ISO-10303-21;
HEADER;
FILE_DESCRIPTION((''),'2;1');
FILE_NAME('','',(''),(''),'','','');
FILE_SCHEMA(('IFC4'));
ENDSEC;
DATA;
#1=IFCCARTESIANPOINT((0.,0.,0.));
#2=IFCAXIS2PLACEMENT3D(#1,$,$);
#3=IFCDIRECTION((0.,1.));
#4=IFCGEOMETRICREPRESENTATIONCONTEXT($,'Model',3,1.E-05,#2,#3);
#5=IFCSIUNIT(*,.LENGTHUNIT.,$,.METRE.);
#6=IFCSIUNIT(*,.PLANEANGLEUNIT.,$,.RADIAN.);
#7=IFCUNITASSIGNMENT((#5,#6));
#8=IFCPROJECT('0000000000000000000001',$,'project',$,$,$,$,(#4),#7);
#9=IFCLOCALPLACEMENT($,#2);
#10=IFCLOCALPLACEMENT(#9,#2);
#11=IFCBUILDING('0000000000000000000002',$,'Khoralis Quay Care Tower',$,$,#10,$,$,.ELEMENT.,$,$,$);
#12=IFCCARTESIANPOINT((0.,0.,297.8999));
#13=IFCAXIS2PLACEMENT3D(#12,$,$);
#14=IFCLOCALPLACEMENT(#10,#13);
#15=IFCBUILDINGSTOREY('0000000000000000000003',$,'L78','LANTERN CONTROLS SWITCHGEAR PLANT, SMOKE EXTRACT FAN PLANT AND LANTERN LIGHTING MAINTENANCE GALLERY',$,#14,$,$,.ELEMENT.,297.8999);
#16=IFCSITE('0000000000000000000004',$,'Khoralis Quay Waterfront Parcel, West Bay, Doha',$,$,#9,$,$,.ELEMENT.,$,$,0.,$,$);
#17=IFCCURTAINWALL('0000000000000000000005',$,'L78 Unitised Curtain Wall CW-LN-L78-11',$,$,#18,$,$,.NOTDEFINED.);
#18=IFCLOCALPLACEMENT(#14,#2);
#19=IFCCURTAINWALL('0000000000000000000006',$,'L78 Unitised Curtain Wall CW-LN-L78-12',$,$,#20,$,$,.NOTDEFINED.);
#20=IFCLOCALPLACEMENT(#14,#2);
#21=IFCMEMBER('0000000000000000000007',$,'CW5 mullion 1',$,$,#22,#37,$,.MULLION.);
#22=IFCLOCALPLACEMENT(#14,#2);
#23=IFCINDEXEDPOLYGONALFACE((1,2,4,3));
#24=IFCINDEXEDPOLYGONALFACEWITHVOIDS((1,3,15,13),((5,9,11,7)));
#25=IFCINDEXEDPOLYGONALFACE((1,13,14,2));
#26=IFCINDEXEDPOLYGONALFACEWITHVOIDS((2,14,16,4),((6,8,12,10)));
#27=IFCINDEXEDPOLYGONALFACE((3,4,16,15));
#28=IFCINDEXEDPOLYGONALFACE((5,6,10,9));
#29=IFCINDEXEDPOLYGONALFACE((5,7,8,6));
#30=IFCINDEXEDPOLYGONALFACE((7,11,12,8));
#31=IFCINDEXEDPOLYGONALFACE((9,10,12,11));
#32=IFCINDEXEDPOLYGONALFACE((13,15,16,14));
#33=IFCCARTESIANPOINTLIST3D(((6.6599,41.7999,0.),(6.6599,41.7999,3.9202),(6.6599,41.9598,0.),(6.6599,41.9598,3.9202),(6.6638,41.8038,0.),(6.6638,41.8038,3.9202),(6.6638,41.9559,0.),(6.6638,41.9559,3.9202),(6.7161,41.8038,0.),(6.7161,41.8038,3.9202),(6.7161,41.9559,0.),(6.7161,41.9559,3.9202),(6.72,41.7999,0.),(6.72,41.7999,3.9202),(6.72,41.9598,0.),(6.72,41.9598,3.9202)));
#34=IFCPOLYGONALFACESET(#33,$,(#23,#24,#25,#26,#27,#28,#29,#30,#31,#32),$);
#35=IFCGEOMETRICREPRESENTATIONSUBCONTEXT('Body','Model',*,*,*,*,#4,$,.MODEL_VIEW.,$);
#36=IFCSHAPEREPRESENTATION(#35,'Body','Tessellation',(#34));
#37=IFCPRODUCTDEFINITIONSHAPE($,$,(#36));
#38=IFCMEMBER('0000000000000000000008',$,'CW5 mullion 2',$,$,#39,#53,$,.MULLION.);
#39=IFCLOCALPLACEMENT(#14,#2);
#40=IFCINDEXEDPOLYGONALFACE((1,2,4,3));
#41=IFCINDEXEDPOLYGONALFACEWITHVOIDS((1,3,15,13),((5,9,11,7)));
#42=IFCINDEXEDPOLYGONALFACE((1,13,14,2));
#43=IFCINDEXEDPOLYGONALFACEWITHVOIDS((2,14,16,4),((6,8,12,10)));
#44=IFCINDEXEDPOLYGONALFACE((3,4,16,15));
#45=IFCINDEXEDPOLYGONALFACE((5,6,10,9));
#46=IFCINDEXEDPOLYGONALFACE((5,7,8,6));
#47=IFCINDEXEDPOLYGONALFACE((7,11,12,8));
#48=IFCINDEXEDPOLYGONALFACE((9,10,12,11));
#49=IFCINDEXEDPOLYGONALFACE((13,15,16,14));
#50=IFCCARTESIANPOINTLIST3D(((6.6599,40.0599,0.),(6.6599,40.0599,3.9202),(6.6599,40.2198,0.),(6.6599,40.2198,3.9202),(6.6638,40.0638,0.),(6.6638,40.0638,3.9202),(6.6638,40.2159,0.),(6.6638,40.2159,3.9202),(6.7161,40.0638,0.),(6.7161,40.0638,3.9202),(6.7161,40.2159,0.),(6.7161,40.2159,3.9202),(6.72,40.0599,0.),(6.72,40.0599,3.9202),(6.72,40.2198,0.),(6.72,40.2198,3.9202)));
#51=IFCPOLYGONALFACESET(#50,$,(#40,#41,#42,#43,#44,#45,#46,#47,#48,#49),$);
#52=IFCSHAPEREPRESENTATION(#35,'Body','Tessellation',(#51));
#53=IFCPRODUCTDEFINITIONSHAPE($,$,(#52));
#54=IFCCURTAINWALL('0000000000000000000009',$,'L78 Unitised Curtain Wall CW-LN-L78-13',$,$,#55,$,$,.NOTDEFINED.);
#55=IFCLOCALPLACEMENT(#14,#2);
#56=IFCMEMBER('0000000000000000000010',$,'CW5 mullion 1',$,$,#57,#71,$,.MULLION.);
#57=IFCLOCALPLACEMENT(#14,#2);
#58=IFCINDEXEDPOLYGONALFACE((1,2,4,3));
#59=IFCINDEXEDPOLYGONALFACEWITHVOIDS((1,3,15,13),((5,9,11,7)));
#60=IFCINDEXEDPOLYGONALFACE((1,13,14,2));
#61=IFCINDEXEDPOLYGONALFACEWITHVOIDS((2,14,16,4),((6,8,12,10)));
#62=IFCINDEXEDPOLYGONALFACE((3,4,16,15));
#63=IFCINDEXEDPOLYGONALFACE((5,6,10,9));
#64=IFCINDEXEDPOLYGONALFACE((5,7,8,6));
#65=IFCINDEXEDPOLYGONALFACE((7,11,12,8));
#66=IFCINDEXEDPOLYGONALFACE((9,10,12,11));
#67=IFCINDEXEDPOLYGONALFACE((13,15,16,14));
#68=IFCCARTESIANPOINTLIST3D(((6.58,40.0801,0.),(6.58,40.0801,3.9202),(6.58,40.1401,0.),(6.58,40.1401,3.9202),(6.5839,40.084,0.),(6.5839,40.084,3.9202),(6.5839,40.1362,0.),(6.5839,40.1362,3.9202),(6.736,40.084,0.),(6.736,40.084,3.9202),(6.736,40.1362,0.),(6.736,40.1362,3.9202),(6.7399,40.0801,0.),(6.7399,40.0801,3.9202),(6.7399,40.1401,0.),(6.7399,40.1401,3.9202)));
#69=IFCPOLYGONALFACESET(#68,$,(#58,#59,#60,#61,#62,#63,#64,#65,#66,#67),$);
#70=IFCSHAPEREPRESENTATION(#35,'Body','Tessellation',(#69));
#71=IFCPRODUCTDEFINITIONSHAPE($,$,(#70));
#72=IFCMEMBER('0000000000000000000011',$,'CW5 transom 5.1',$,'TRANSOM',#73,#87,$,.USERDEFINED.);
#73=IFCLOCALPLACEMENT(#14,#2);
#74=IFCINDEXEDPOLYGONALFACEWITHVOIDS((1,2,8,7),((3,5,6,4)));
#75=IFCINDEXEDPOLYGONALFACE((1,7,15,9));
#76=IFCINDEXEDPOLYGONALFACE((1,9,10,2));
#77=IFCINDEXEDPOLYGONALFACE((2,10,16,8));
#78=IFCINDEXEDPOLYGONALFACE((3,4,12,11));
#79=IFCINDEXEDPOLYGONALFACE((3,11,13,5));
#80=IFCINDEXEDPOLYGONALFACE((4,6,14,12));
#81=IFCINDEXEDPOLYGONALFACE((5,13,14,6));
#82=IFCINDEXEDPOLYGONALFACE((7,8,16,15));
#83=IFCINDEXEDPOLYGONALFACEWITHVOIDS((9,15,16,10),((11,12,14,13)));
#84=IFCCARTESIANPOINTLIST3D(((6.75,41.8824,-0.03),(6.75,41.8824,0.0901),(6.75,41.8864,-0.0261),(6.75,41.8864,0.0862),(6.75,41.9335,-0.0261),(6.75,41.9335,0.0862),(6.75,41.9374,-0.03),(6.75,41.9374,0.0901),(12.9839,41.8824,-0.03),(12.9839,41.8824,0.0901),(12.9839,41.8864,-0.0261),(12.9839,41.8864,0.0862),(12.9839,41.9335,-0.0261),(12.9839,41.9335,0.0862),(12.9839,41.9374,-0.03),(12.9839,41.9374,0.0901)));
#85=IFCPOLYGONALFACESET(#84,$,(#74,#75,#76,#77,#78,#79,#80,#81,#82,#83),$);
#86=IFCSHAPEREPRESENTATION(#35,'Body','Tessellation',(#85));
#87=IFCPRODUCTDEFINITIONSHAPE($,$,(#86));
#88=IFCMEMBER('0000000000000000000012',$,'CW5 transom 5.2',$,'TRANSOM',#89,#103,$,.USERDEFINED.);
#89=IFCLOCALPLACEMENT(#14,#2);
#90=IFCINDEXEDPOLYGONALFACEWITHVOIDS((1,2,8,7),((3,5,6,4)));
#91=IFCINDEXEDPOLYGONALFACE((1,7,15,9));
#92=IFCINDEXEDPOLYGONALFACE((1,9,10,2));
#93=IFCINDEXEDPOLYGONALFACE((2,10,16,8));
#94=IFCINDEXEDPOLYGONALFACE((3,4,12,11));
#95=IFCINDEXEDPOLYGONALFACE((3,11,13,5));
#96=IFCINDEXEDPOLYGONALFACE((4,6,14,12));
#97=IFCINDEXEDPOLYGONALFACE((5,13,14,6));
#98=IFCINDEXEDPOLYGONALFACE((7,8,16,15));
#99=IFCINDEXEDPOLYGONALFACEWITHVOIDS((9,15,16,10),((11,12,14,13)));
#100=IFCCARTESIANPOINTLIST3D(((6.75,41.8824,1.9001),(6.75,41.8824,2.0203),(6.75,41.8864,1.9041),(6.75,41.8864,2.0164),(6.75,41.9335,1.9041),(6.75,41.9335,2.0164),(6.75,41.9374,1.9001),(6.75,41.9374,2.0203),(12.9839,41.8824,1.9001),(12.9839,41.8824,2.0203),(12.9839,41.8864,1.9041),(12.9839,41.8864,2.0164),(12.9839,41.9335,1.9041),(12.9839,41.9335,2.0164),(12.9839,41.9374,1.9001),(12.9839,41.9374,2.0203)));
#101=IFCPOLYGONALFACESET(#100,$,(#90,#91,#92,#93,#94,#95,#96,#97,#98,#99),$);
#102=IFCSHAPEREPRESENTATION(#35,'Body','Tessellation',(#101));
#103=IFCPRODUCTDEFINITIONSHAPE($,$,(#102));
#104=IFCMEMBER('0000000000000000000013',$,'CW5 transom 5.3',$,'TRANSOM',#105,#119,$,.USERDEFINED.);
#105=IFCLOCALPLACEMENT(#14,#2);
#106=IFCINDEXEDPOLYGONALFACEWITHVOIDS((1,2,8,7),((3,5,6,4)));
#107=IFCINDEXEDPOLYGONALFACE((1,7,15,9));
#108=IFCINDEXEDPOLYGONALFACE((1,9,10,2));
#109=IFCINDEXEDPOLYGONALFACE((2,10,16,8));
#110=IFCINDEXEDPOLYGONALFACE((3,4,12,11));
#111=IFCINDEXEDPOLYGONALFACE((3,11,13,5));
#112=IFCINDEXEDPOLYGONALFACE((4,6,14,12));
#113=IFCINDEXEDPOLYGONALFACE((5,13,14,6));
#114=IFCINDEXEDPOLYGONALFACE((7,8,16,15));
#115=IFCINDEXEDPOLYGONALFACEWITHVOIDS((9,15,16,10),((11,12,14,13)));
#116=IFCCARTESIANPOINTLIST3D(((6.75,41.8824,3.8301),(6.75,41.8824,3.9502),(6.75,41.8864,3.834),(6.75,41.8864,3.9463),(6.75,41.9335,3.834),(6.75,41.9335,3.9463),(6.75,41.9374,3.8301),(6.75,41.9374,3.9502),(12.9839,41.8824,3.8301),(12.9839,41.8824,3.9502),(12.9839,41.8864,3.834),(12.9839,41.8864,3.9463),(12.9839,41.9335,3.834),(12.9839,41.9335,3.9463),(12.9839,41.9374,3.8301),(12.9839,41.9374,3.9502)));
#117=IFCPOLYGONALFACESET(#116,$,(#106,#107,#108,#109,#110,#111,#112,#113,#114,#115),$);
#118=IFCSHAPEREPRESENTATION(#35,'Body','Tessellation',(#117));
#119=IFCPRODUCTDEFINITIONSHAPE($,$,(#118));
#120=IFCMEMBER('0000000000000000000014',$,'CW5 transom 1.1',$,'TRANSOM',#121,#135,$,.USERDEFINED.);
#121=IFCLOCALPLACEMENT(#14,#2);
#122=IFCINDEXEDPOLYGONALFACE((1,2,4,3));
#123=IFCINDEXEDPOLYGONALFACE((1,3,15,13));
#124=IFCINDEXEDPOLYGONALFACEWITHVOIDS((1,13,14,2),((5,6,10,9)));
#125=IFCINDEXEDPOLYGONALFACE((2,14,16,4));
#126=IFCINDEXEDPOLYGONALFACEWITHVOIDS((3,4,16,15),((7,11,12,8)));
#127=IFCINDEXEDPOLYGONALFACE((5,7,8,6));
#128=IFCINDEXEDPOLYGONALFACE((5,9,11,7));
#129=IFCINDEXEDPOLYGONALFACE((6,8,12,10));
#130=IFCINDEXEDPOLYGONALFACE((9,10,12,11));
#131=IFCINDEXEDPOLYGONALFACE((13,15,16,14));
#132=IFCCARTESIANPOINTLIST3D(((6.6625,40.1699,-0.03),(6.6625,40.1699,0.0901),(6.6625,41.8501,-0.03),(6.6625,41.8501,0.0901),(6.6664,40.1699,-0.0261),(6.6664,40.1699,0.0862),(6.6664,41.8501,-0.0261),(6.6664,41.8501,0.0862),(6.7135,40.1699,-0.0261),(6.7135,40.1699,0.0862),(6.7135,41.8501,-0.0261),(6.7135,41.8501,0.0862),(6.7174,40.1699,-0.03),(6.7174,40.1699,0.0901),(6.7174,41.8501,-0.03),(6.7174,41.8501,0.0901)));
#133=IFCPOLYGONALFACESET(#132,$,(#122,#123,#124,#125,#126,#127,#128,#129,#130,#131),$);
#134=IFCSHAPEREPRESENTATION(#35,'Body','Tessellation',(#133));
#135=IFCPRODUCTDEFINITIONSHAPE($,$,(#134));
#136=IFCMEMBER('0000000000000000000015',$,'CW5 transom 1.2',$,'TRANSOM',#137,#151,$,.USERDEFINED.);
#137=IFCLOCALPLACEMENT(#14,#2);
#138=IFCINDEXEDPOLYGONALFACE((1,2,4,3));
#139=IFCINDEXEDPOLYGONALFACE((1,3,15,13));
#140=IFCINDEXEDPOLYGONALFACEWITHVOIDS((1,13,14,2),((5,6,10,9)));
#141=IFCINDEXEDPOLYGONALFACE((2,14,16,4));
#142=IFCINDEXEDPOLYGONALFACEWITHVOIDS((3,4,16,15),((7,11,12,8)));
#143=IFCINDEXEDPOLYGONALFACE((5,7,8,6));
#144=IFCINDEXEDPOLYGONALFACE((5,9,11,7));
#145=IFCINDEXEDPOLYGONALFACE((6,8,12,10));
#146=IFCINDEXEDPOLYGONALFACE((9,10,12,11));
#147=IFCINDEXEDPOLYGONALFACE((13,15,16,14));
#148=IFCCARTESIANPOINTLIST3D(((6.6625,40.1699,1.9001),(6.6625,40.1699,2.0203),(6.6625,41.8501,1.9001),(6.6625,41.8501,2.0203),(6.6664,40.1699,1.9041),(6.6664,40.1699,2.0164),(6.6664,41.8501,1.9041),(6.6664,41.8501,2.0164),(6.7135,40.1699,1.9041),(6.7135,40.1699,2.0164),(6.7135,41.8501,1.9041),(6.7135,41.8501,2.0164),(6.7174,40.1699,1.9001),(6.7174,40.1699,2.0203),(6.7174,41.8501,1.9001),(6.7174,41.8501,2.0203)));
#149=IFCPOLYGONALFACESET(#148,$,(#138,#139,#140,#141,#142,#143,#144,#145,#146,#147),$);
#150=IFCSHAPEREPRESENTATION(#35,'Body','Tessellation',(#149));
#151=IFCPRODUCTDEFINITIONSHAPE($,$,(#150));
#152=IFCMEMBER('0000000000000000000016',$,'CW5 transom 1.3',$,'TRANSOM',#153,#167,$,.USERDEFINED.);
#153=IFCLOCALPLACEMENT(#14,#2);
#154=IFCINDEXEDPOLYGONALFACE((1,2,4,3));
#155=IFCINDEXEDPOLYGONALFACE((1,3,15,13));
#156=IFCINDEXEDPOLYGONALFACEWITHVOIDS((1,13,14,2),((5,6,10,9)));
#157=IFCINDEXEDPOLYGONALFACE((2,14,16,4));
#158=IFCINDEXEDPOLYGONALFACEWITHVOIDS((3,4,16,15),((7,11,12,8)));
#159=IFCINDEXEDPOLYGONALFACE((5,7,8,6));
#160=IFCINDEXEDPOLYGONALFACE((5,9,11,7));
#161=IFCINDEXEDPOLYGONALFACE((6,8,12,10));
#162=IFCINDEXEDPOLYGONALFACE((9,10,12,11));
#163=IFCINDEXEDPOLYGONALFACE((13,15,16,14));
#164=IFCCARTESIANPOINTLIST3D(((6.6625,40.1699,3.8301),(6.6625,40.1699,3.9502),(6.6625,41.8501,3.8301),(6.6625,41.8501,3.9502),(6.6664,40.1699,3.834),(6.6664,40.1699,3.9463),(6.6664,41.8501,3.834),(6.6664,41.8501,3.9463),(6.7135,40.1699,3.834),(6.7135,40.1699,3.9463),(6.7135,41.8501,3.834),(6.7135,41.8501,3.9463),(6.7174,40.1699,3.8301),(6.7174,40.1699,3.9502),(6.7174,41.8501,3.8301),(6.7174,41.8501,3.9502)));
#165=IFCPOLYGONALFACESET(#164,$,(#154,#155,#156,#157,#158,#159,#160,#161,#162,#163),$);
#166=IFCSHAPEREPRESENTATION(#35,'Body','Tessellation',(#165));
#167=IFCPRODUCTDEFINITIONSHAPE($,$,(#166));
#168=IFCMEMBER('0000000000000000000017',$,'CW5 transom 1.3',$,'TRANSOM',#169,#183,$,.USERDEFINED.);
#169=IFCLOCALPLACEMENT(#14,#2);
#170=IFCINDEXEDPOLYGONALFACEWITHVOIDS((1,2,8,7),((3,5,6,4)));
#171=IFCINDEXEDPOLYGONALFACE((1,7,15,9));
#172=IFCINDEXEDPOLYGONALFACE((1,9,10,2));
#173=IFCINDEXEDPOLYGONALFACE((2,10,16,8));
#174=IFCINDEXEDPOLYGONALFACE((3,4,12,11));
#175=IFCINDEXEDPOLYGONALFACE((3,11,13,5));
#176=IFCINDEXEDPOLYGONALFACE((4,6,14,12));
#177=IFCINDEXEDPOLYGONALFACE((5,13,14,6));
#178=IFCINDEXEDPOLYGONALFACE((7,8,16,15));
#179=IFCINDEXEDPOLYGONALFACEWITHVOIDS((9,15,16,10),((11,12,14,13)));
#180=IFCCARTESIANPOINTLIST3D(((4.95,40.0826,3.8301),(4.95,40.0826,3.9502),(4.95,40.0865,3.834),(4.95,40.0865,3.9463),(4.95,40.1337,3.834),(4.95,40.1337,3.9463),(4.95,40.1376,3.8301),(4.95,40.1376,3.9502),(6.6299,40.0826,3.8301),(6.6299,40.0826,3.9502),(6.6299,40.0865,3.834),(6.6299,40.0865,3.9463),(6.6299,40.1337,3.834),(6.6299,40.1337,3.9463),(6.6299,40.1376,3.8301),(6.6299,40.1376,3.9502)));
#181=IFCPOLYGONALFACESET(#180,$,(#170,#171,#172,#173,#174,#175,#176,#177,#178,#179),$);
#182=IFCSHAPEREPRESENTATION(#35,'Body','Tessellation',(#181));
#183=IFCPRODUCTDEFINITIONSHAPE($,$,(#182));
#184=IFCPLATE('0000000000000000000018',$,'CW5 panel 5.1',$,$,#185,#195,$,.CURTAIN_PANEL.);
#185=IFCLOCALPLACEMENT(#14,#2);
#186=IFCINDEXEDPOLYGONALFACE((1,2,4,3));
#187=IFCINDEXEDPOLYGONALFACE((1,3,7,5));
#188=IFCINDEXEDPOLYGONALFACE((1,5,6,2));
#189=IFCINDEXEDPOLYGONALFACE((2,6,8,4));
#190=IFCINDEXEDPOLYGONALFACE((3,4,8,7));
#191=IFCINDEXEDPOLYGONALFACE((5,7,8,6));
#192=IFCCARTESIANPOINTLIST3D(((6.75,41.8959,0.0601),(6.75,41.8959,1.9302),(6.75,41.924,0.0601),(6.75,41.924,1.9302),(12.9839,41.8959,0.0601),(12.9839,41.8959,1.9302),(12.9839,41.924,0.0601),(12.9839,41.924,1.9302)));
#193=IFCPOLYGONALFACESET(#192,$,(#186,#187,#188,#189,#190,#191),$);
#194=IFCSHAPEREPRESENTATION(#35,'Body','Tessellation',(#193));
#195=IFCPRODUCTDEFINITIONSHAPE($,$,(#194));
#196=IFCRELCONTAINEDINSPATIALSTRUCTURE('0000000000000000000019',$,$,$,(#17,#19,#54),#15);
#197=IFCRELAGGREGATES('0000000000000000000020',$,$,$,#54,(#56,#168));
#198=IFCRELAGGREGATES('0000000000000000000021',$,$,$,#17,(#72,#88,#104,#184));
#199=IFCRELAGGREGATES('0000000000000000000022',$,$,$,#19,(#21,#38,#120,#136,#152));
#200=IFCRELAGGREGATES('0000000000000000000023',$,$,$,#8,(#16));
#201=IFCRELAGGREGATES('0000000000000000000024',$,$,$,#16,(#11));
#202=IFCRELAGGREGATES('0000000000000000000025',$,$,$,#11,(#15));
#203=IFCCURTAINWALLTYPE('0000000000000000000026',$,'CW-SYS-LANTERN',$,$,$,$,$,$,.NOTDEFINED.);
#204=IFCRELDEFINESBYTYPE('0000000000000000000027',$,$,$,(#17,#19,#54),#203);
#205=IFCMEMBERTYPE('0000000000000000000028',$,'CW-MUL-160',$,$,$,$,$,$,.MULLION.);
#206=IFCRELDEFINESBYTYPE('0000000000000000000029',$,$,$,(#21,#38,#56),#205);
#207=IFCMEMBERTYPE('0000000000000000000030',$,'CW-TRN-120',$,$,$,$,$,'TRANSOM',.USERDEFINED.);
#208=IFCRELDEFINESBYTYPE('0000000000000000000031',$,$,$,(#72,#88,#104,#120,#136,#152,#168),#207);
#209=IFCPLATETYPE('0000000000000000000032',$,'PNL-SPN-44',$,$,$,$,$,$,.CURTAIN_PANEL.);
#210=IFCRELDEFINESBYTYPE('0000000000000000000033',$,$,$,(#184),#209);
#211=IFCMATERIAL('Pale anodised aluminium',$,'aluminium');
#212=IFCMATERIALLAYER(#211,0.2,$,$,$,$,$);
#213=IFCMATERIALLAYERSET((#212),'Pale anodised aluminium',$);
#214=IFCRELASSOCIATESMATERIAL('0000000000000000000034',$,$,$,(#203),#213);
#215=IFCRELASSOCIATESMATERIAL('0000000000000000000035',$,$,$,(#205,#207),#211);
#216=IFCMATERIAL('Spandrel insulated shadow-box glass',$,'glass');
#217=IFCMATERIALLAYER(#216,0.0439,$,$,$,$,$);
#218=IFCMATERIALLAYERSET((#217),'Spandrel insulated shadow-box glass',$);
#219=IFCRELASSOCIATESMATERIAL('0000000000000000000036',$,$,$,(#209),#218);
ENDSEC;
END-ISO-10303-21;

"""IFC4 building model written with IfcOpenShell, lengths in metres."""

from ifc_helpers import new_model, si_unit, direction, frame, origin, origin_2d, place, context, subcontext, project, spatial, rectangle, hollow_rectangle, extrude, source, transform, mapped, material, layer, layer_set, material_profile, profile_set, type_object, element, aggregate, save


model = new_model("IFC4")

# Units and contexts
model_context = context("Model", 3, precision=1e-05, world=origin(), true_north=direction((0.0, 1.0)))
body_context = subcontext(model_context, "Body", "Model", "MODEL_VIEW")
ifc_project = project(units=[si_unit("LENGTHUNIT", "METRE"), si_unit("PLANEANGLEUNIT", "RADIAN")], contexts=[model_context])

# Site, building, storey
site_placement = place(None, origin())
site = spatial("IfcSite", under=ifc_project, at=site_placement, Name="Khoralis Quay Waterfront Parcel, West Bay, Doha", CompositionType="ELEMENT", RefElevation=0.0)
building_placement = place(site_placement, origin())
building = spatial("IfcBuilding", under=site, at=building_placement, Name="Khoralis Quay Care Tower", CompositionType="ELEMENT")
storey_placement = place(building_placement, frame((0.0, 0.0, 297.8999)))
storey = spatial("IfcBuildingStorey", under=building, at=storey_placement, Name="L78", Description="LANTERN CONTROLS SWITCHGEAR PLANT, SMOKE EXTRACT FAN PLANT AND LANTERN LIGHTING MAINTENANCE GALLERY", CompositionType="ELEMENT", Elevation=297.8999)

# Curtain walls, members
ifc_material_1 = material(Name="Pale anodised aluminium", Category="aluminium")
ifc_layer_1 = layer(ifc_material_1, 0.2)
ifc_layer_set_1 = layer_set([ifc_layer_1], Name="Pale anodised aluminium")
curtain_wall_type = type_object("IfcCurtainWallType", Name="CW-SYS-LANTERN", PredefinedType="NOTDEFINED", material=ifc_layer_set_1)
curtain_wall_1_placement = place(storey_placement, origin())
curtain_wall_1 = element("IfcCurtainWall", 1, at=curtain_wall_1_placement, inside=storey, type_object=curtain_wall_type, Name="L78 Unitised Curtain Wall CW-LN-L78-11", PredefinedType="NOTDEFINED")
ifc_material_profile_1 = material_profile(ifc_material_1, hollow_rectangle(XDim=0.0601, YDim=0.1599, WallThickness=0.0039, at=origin_2d()), Name="Pale anodised aluminium")
ifc_profile_set_1 = profile_set([ifc_material_profile_1], Name="Pale anodised aluminium")
member_type_1 = type_object("IfcMemberType", Name="CW-MUL-160", PredefinedType="MULLION", material=ifc_profile_set_1)
shared_shape_1 = source(origin(), body_context, "Body", "SweptSolid", [
    extrude(hollow_rectangle(XDim=0.0601, YDim=0.1599, WallThickness=0.0039, at=origin_2d()), origin(), (0.0, 0.0, 1.0), 3.9202),
])
curtain_wall_2_placement = place(storey_placement, origin())
curtain_wall_2 = element("IfcCurtainWall", 2, at=curtain_wall_2_placement, inside=storey, type_object=curtain_wall_type, Name="L78 Unitised Curtain Wall CW-LN-L78-12", PredefinedType="NOTDEFINED")
member_1_placement = place(storey_placement, frame((6.6899, 41.8799, 0.0), z_axis=(0.0, 0.0, 1.0), x_axis=(1.0, 0.0, 0.0)))
member_1 = element("IfcMember", 3, at=member_1_placement, type_object=member_type_1, Name="CW5 mullion 1", PredefinedType="MULLION", context=body_context, shape_type="MappedRepresentation", body=[
    mapped(shared_shape_1, transform((0.0, 0.0, 0.0), scale=1.0)),
])
member_2_placement = place(storey_placement, frame((6.6899, 40.1399, 0.0), z_axis=(0.0, 0.0, 1.0), x_axis=(1.0, 0.0, 0.0)))
member_2 = element("IfcMember", 4, at=member_2_placement, type_object=member_type_1, Name="CW5 mullion 2", PredefinedType="MULLION", context=body_context, shape_type="MappedRepresentation", body=[
    mapped(shared_shape_1, transform((0.0, 0.0, 0.0), scale=1.0)),
])

# Curtain wall, member
curtain_wall_3_placement = place(storey_placement, origin())
curtain_wall_3 = element("IfcCurtainWall", 5, at=curtain_wall_3_placement, inside=storey, type_object=curtain_wall_type, Name="L78 Unitised Curtain Wall CW-LN-L78-13", PredefinedType="NOTDEFINED")
member_3_placement = place(storey_placement, frame((6.6599, 40.1101, 0.0), z_axis=(0.0, 0.0, 1.0), x_axis=(0.0, -1.0, 0.0)))
member_3 = element("IfcMember", 6, at=member_3_placement, type_object=member_type_1, Name="CW5 mullion 1", PredefinedType="MULLION", context=body_context, shape_type="MappedRepresentation", body=[
    mapped(shared_shape_1, transform((0.0, 0.0, 0.0), scale=1.0)),
])

# Members
ifc_material_profile_2 = material_profile(ifc_material_1, hollow_rectangle(XDim=0.0549, YDim=0.1201, WallThickness=0.0039, at=origin_2d()), Name="Pale anodised aluminium")
ifc_profile_set_2 = profile_set([ifc_material_profile_2], Name="Pale anodised aluminium")
member_type_2 = type_object("IfcMemberType", Name="CW-TRN-120", ElementType="TRANSOM", PredefinedType="USERDEFINED", material=ifc_profile_set_2)
shared_shape_2 = source(origin(), body_context, "Body", "SweptSolid", [
    extrude(hollow_rectangle(XDim=0.0549, YDim=0.1201, WallThickness=0.0039, at=origin_2d()), origin(), (0.0, 0.0, 1.0), 6.2339),
])
member_4_placement = place(storey_placement, frame((12.9839, 41.9099, 0.03), z_axis=(-1.0, 0.0, 0.0), x_axis=(0.0, -1.0, 0.0)))
member_4 = element("IfcMember", 7, at=member_4_placement, type_object=member_type_2, Name="CW5 transom 5.1", ObjectType="TRANSOM", PredefinedType="USERDEFINED", context=body_context, shape_type="MappedRepresentation", body=[
    mapped(shared_shape_2, transform((0.0, 0.0, 0.0), scale=1.0)),
])
member_5_placement = place(storey_placement, frame((12.9839, 41.9099, 1.9602), z_axis=(-1.0, 0.0, 0.0), x_axis=(0.0, -1.0, 0.0)))
member_5 = element("IfcMember", 8, at=member_5_placement, type_object=member_type_2, Name="CW5 transom 5.2", ObjectType="TRANSOM", PredefinedType="USERDEFINED", context=body_context, shape_type="MappedRepresentation", body=[
    mapped(shared_shape_2, transform((0.0, 0.0, 0.0), scale=1.0)),
])
member_6_placement = place(storey_placement, frame((12.9839, 41.9099, 3.8901), z_axis=(-1.0, 0.0, 0.0), x_axis=(0.0, -1.0, 0.0)))
member_6 = element("IfcMember", 9, at=member_6_placement, type_object=member_type_2, Name="CW5 transom 5.3", ObjectType="TRANSOM", PredefinedType="USERDEFINED", context=body_context, shape_type="MappedRepresentation", body=[
    mapped(shared_shape_2, transform((0.0, 0.0, 0.0), scale=1.0)),
])
shared_shape_3 = source(origin(), body_context, "Body", "SweptSolid", [
    extrude(hollow_rectangle(XDim=0.0549, YDim=0.1201, WallThickness=0.0039, at=origin_2d()), origin(), (0.0, 0.0, 1.0), 1.6802),
])
member_7_placement = place(storey_placement, frame((6.6899, 41.8501, 0.03), z_axis=(0.0, -1.0, 0.0), x_axis=(1.0, 0.0, 0.0)))
member_7 = element("IfcMember", 10, at=member_7_placement, type_object=member_type_2, Name="CW5 transom 1.1", ObjectType="TRANSOM", PredefinedType="USERDEFINED", context=body_context, shape_type="MappedRepresentation", body=[
    mapped(shared_shape_3, transform((0.0, 0.0, 0.0), scale=1.0)),
])
member_8_placement = place(storey_placement, frame((6.6899, 41.8501, 1.9602), z_axis=(0.0, -1.0, 0.0), x_axis=(1.0, 0.0, 0.0)))
member_8 = element("IfcMember", 11, at=member_8_placement, type_object=member_type_2, Name="CW5 transom 1.2", ObjectType="TRANSOM", PredefinedType="USERDEFINED", context=body_context, shape_type="MappedRepresentation", body=[
    mapped(shared_shape_3, transform((0.0, 0.0, 0.0), scale=1.0)),
])
member_9_placement = place(storey_placement, frame((6.6899, 41.8501, 3.8901), z_axis=(0.0, -1.0, 0.0), x_axis=(1.0, 0.0, 0.0)))
member_9 = element("IfcMember", 12, at=member_9_placement, type_object=member_type_2, Name="CW5 transom 1.3", ObjectType="TRANSOM", PredefinedType="USERDEFINED", context=body_context, shape_type="MappedRepresentation", body=[
    mapped(shared_shape_3, transform((0.0, 0.0, 0.0), scale=1.0)),
])
shared_shape_4 = source(origin(), body_context, "Body", "SweptSolid", [
    extrude(hollow_rectangle(XDim=0.0549, YDim=0.1201, WallThickness=0.0039, at=origin_2d()), origin(), (0.0, 0.0, 1.0), 1.6799),
])
member_10_placement = place(storey_placement, frame((6.6299, 40.1101, 3.8901), z_axis=(-1.0, 0.0, 0.0), x_axis=(0.0, -1.0, 0.0)))
member_10 = element("IfcMember", 13, at=member_10_placement, type_object=member_type_2, Name="CW5 transom 1.3", ObjectType="TRANSOM", PredefinedType="USERDEFINED", context=body_context, shape_type="MappedRepresentation", body=[
    mapped(shared_shape_4, transform((0.0, 0.0, 0.0), scale=1.0)),
])
aggregate(curtain_wall_3, [member_3, member_10])

# Plate
ifc_material_2 = material(Name="Spandrel insulated shadow-box glass", Category="glass")
ifc_layer_2 = layer(ifc_material_2, 0.0439)
ifc_layer_set_2 = layer_set([ifc_layer_2], Name="Spandrel insulated shadow-box glass")
plate_type = type_object("IfcPlateType", Name="PNL-SPN-44", PredefinedType="CURTAIN_PANEL", material=ifc_layer_set_2)
shared_shape_5 = source(origin(), body_context, "Body", "SweptSolid", [
    extrude(rectangle(XDim=6.2339, YDim=0.0281, at=origin_2d()), origin(), (0.0, 0.0, 1.0), 1.8701),
])
plate_1_placement = place(storey_placement, frame((9.8669, 41.9099, 0.0601), z_axis=(0.0, 0.0, 1.0), x_axis=(-1.0, 0.0, 0.0)))
plate_1 = element("IfcPlate", 14, at=plate_1_placement, type_object=plate_type, Name="CW5 panel 5.1", PredefinedType="CURTAIN_PANEL", context=body_context, shape_type="MappedRepresentation", body=[
    mapped(shared_shape_5, transform((0.0, 0.0, 0.0), scale=1.0)),
])
aggregate(curtain_wall_1, [member_4, member_5, member_6, plate_1])
aggregate(curtain_wall_2, [member_1, member_2, member_7, member_8, member_9])

save(model, "model.ifc")
